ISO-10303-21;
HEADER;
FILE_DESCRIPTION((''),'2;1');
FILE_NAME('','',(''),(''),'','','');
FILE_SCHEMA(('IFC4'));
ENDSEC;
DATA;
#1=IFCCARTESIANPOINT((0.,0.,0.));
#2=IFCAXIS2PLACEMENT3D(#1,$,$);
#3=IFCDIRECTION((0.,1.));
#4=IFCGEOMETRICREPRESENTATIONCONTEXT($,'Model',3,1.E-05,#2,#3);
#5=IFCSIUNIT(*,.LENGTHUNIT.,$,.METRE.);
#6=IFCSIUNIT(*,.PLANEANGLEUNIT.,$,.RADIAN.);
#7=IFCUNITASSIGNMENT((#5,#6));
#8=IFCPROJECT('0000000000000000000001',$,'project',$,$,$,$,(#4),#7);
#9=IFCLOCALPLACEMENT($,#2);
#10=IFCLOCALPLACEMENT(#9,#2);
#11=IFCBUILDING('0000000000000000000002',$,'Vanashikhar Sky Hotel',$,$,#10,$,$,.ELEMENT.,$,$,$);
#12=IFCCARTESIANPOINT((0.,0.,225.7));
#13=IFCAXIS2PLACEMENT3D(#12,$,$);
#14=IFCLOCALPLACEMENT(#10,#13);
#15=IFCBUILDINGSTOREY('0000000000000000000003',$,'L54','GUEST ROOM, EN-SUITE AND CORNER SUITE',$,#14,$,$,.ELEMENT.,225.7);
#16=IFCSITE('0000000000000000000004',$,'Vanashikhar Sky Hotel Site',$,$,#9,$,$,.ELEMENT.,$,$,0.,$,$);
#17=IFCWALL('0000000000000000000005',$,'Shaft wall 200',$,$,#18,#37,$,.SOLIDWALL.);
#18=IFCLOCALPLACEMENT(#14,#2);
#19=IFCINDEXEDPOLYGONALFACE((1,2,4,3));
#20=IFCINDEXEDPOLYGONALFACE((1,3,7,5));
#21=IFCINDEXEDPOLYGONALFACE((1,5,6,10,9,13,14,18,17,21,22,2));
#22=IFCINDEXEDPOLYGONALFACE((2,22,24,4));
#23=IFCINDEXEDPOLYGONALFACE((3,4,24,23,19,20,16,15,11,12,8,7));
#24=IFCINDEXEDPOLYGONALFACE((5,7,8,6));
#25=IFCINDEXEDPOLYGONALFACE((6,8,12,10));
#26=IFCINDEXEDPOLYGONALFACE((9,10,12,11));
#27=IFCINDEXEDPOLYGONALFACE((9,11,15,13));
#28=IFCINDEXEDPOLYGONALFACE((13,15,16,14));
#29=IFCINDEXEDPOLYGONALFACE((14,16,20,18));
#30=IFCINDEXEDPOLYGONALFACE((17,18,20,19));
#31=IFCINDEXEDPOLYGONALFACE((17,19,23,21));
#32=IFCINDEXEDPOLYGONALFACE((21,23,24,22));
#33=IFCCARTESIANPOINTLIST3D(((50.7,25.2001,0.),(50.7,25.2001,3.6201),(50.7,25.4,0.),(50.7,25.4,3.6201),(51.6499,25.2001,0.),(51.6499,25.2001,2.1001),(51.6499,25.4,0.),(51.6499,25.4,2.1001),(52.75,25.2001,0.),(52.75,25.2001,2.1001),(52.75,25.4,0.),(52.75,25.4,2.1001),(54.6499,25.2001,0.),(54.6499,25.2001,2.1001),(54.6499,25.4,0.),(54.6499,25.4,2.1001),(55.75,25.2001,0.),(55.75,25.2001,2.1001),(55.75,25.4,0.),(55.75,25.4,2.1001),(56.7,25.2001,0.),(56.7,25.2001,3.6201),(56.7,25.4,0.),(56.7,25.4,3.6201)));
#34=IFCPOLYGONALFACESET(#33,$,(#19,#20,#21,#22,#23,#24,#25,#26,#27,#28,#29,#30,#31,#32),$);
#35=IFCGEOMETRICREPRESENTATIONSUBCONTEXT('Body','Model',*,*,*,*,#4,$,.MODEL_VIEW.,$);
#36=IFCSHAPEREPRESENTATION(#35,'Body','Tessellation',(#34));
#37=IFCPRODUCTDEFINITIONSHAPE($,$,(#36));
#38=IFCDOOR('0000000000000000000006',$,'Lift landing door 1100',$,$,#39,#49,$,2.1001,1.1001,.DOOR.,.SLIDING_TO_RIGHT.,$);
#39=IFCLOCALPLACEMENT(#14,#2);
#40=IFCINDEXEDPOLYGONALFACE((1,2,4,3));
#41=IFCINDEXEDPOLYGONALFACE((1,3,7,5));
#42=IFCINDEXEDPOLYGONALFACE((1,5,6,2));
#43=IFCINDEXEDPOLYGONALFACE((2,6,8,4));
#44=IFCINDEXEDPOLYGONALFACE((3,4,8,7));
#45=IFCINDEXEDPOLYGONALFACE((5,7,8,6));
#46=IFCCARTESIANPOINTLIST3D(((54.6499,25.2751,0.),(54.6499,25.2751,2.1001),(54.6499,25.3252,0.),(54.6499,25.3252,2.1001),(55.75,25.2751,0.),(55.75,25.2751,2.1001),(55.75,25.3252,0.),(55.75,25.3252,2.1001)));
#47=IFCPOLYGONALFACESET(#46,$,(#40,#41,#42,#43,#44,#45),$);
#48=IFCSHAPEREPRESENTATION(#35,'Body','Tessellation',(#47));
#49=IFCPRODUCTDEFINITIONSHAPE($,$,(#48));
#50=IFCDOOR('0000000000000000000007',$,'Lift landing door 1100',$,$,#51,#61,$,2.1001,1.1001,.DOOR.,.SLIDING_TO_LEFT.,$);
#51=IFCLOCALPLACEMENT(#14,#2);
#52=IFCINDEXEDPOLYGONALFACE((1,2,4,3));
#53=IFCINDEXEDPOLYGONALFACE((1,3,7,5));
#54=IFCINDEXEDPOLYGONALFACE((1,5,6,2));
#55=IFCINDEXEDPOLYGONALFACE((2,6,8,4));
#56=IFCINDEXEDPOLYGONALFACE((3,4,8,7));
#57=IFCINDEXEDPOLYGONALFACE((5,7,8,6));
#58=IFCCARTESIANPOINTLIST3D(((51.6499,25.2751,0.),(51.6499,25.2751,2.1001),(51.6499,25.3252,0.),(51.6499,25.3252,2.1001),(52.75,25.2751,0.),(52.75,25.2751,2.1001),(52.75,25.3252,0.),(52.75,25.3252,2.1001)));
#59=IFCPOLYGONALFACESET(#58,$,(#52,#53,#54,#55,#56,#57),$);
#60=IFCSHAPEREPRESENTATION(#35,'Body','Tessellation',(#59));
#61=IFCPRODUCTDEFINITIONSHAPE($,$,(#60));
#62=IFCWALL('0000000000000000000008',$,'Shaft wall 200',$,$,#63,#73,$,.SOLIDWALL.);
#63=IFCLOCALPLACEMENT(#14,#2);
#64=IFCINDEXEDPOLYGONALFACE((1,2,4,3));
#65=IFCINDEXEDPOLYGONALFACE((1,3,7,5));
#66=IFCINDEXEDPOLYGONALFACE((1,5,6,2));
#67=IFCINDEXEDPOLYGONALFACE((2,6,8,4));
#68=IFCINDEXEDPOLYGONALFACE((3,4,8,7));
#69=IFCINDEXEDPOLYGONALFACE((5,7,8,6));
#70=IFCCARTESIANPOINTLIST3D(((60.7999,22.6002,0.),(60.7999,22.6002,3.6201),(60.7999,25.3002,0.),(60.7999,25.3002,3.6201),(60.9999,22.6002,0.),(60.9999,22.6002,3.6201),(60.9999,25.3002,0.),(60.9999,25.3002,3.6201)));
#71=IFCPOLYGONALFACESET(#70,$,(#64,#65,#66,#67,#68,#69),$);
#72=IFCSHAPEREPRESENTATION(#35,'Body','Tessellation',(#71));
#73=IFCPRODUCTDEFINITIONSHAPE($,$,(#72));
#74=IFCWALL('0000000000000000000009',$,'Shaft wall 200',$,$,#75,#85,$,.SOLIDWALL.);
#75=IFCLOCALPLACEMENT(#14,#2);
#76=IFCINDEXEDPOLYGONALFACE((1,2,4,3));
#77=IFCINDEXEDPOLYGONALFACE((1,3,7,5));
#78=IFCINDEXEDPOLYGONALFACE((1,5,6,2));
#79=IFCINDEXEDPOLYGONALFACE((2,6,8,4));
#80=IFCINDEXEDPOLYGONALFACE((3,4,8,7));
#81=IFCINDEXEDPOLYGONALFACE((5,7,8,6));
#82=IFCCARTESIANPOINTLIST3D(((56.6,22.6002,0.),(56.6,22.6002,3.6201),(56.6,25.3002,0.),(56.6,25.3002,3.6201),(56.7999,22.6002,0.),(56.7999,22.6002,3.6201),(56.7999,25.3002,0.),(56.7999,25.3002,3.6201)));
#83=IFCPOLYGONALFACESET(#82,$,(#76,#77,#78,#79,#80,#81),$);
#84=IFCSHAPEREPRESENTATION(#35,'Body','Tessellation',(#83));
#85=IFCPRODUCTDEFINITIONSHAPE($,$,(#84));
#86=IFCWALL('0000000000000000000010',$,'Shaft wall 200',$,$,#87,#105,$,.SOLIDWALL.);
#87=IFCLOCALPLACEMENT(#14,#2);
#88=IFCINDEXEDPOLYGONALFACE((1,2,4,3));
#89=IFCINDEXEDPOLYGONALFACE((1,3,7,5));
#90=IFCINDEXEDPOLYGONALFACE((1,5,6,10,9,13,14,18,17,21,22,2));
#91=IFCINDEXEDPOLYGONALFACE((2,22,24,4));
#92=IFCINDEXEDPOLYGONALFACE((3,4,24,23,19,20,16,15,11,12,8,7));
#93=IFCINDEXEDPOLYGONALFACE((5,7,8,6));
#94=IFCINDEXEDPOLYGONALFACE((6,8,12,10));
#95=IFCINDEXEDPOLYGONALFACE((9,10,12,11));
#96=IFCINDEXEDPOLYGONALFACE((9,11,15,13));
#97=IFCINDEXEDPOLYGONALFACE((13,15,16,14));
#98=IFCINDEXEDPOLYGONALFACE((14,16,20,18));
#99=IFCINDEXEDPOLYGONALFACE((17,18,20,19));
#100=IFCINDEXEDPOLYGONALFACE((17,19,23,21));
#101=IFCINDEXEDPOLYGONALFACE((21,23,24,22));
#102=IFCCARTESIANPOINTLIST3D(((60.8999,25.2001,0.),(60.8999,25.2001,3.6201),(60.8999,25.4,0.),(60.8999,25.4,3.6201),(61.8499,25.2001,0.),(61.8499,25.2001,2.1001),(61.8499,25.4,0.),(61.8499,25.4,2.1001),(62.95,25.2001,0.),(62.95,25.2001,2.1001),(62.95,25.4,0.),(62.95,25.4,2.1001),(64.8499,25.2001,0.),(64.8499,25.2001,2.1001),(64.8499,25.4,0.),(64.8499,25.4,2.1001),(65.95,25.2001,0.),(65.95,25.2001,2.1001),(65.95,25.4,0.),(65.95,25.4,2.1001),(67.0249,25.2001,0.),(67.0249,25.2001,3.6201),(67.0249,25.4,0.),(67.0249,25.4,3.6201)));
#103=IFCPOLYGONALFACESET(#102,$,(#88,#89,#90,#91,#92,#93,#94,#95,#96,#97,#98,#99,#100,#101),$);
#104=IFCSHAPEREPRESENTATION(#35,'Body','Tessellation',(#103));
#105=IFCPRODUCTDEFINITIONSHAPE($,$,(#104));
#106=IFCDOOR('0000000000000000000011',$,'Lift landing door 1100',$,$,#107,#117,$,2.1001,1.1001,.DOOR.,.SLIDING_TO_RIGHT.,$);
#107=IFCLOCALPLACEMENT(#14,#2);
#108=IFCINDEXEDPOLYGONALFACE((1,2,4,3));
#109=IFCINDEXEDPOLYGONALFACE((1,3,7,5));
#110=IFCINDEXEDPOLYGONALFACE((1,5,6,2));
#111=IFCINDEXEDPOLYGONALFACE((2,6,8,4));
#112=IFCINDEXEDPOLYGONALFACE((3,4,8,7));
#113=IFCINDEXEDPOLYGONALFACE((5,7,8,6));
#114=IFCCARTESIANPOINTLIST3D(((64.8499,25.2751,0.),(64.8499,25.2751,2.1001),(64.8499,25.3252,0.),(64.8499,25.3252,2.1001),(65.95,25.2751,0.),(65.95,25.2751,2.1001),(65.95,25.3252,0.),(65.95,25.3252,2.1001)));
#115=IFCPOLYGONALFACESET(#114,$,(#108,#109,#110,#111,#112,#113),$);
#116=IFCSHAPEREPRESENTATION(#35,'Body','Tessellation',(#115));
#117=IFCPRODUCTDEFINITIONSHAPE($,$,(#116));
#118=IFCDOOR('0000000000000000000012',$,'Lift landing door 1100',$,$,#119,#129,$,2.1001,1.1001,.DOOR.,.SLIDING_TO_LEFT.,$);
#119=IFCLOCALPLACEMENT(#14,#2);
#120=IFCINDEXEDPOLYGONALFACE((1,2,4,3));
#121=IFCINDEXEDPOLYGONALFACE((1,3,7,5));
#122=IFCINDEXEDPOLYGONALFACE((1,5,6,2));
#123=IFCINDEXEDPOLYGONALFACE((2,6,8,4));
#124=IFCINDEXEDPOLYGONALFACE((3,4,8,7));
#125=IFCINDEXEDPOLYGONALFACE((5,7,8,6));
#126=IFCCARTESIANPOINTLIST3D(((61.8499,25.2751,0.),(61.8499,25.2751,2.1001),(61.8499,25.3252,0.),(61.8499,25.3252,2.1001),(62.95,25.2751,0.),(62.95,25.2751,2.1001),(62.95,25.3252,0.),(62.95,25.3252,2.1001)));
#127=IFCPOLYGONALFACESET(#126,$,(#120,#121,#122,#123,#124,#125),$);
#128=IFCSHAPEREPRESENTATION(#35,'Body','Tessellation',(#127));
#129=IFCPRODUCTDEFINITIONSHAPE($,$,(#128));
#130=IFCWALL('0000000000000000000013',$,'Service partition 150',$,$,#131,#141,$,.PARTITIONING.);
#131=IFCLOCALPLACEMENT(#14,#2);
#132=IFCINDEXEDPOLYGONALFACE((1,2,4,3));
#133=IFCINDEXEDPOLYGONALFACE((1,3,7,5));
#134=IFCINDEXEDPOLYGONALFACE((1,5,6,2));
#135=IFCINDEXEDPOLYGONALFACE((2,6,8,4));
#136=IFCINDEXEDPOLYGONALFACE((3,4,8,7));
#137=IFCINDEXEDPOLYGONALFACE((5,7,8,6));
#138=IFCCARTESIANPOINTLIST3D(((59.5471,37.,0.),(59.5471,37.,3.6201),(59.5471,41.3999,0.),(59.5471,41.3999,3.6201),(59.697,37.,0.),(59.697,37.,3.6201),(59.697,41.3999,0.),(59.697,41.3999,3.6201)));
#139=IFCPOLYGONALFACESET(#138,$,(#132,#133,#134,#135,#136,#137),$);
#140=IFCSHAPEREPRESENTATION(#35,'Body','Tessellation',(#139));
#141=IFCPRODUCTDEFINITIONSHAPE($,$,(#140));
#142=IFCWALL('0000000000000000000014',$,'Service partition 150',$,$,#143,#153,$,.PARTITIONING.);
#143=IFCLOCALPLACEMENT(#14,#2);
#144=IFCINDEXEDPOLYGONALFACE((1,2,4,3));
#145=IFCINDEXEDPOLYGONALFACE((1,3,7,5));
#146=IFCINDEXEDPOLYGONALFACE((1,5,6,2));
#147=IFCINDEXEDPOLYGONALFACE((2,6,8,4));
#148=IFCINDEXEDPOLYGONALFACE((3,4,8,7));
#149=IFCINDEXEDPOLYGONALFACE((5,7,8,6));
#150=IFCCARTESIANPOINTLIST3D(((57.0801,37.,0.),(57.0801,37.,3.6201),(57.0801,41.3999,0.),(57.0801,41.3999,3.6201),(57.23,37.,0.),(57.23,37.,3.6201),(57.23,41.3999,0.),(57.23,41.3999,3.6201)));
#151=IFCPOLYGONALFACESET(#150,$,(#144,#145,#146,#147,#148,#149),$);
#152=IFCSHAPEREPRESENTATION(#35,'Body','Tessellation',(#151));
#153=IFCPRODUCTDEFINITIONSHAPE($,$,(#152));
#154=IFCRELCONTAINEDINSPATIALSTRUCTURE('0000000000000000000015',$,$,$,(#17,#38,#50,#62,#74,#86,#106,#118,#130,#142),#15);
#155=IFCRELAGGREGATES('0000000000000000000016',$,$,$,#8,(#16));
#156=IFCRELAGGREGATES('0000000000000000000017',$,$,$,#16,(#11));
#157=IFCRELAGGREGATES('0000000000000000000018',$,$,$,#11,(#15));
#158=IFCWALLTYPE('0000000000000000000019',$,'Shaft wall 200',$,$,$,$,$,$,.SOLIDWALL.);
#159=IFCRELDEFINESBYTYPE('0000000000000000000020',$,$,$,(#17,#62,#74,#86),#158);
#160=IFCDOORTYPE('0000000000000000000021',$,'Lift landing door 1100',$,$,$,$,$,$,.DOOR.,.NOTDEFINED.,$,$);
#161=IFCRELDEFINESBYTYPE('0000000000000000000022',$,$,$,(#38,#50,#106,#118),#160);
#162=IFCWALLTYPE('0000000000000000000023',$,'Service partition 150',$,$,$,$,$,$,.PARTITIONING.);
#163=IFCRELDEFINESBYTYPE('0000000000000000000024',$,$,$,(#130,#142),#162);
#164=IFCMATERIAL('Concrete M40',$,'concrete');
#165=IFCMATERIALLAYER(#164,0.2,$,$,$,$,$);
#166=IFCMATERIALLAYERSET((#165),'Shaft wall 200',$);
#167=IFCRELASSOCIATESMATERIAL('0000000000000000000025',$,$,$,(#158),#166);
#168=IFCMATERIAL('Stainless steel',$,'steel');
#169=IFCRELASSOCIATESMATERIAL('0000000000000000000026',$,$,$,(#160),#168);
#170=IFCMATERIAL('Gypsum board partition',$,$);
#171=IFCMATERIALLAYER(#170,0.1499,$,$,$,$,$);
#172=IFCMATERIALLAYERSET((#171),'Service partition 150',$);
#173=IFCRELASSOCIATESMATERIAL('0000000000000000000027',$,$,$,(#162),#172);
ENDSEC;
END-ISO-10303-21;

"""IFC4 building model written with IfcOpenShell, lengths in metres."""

from ifc_helpers import new_model, si_unit, direction, frame, frame_2d, origin, place, context, subcontext, project, spatial, rectangle, extrude, source, transform, mapped, material, layer, layer_set, type_object, element, fill, save


model = new_model("IFC4")

# Units and contexts
model_context = context("Model", 3, precision=1e-05, world=origin(), true_north=direction((0.0, 1.0)))
body_context = subcontext(model_context, "Body", "Model", "MODEL_VIEW")
ifc_project = project(units=[si_unit("LENGTHUNIT", "METRE"), si_unit("PLANEANGLEUNIT", "RADIAN")], contexts=[model_context])

# Site, building, storey
site_placement = place(None, origin())
site = spatial("IfcSite", under=ifc_project, at=site_placement, Name="Vanashikhar Sky Hotel Site", CompositionType="ELEMENT", RefElevation=0.0)
building_placement = place(site_placement, origin())
building = spatial("IfcBuilding", under=site, at=building_placement, Name="Vanashikhar Sky Hotel", CompositionType="ELEMENT")
storey_placement = place(building_placement, frame((0.0, 0.0, 225.7)))
storey = spatial("IfcBuildingStorey", under=building, at=storey_placement, Name="L54", Description="GUEST ROOM, EN-SUITE AND CORNER SUITE", CompositionType="ELEMENT", Elevation=225.7)

# Wall, openings, doors
ifc_material_1 = material(Name="Concrete M40", Category="concrete")
ifc_layer_1 = layer(ifc_material_1, 0.2)
ifc_layer_set_1 = layer_set([ifc_layer_1], Name="Shaft wall 200")
wall_type_1 = type_object("IfcWallType", Name="Shaft wall 200", PredefinedType="SOLIDWALL", material=ifc_layer_set_1)
shared_shape_1 = source(origin(), body_context, "Body", "SweptSolid", [
    extrude(rectangle(XDim=6.0, YDim=0.2, at=frame_2d((3.0, 0.0))), origin(), (0.0, 0.0, 1.0), 3.6201),
])
wall_1_placement = place(storey_placement, frame((56.7, 25.3, 0.0), z_axis=(0.0, 0.0, 1.0), x_axis=(-1.0, 0.0, 0.0)))
wall_1 = element("IfcWall", 1, at=wall_1_placement, inside=storey, type_object=wall_type_1, Name="Shaft wall 200", PredefinedType="SOLIDWALL", context=body_context, shape_type="MappedRepresentation", body=[
    mapped(shared_shape_1, transform((0.0, 0.0, 0.0), scale=1.0)),
])
shared_shape_2 = source(origin(), body_context, "Body", "SweptSolid", [
    extrude(rectangle(XDim=1.1001, YDim=2.1001, at=frame_2d((0.55, 1.05))), frame((0.0, 0.1099, 0.0), z_axis=(0.0, -1.0, 0.0), x_axis=(1.0, 0.0, 0.0)), (0.0, 0.0, 1.0), 0.22),
])
opening_1_placement = place(wall_1_placement, frame((0.95, 0.0, 0.0)))
opening_1 = element("IfcOpeningElement", 2, at=opening_1_placement, cuts=wall_1, PredefinedType="OPENING", context=body_context, shape_type="MappedRepresentation", body=[
    mapped(shared_shape_2, transform((0.0, 0.0, 0.0), scale=1.0)),
])
opening_2_placement = place(wall_1_placement, frame((3.95, 0.0, 0.0)))
opening_2 = element("IfcOpeningElement", 3, at=opening_2_placement, cuts=wall_1, PredefinedType="OPENING", context=body_context, shape_type="MappedRepresentation", body=[
    mapped(shared_shape_2, transform((0.0, 0.0, 0.0), scale=1.0)),
])
ifc_material_2 = material(Name="Stainless steel", Category="steel")
door_type_1 = type_object("IfcDoorType", Name="Lift landing door 1100", OperationType="NOTDEFINED", PredefinedType="DOOR", material=ifc_material_2)
shared_shape_3 = source(origin(), body_context, "Body", "SweptSolid", [
    extrude(rectangle(XDim=1.1001, YDim=2.1001, at=frame_2d((0.55, 1.05))), frame((0.0, 0.0249, 0.0), z_axis=(0.0, -1.0, 0.0), x_axis=(1.0, 0.0, 0.0)), (0.0, 0.0, 1.0), 0.05),
])
door_1_placement = place(opening_1_placement, origin())
door_1 = element("IfcDoor", 4, at=door_1_placement, inside=storey, type_object=door_type_1, Name="Lift landing door 1100", OperationType="SLIDING_TO_RIGHT", OverallHeight=2.1001, OverallWidth=1.1001, PredefinedType="DOOR", context=body_context, shape_type="MappedRepresentation", body=[
    mapped(shared_shape_3, transform((0.0, 0.0, 0.0), scale=1.0)),
])
fill(opening_1, door_1)
door_2_placement = place(opening_2_placement, origin())
door_2 = element("IfcDoor", 5, at=door_2_placement, inside=storey, type_object=door_type_1, Name="Lift landing door 1100", OperationType="SLIDING_TO_LEFT", OverallHeight=2.1001, OverallWidth=1.1001, PredefinedType="DOOR", context=body_context, shape_type="MappedRepresentation", body=[
    mapped(shared_shape_3, transform((0.0, 0.0, 0.0), scale=1.0)),
])
fill(opening_2, door_2)

# Walls
shared_shape_4 = source(origin(), body_context, "Body", "SweptSolid", [
    extrude(rectangle(XDim=2.7, YDim=0.2, at=frame_2d((1.3501, 0.0))), origin(), (0.0, 0.0, 1.0), 3.6201),
])
for number, where, z_axis, x_axis, name in (
    (6, (60.8999, 22.6001, 0.0), (0.0, 0.0, 1.0), (0.0, 1.0, 0.0), "Shaft wall 200"),
    (7, (56.7, 22.6001, 0.0), (0.0, 0.0, 1.0), (0.0, 1.0, 0.0), "Shaft wall 200"),
):
    element("IfcWall", number, at=place(storey_placement, frame(where, z_axis=z_axis, x_axis=x_axis)), inside=storey, type_object=wall_type_1, Name=name, PredefinedType="SOLIDWALL", context=body_context, shape_type="MappedRepresentation", body=[
        mapped(shared_shape_4, transform((0.0, 0.0, 0.0), scale=1.0)),
    ])

# Wall, openings, doors
shared_shape_5 = source(origin(), body_context, "Body", "SweptSolid", [
    extrude(rectangle(XDim=6.125, YDim=0.2, at=frame_2d((3.0625, 0.0))), origin(), (0.0, 0.0, 1.0), 3.6201),
])
wall_2_placement = place(storey_placement, frame((67.0249, 25.3, 0.0), z_axis=(0.0, 0.0, 1.0), x_axis=(-1.0, 0.0, 0.0)))
wall_2 = element("IfcWall", 8, at=wall_2_placement, inside=storey, type_object=wall_type_1, Name="Shaft wall 200", PredefinedType="SOLIDWALL", context=body_context, shape_type="MappedRepresentation", body=[
    mapped(shared_shape_5, transform((0.0, 0.0, 0.0), scale=1.0)),
])
opening_3_placement = place(wall_2_placement, frame((1.075, 0.0, 0.0)))
opening_3 = element("IfcOpeningElement", 9, at=opening_3_placement, cuts=wall_2, PredefinedType="OPENING", context=body_context, shape_type="MappedRepresentation", body=[
    mapped(shared_shape_2, transform((0.0, 0.0, 0.0), scale=1.0)),
])
opening_4_placement = place(wall_2_placement, frame((4.075, 0.0, 0.0)))
opening_4 = element("IfcOpeningElement", 10, at=opening_4_placement, cuts=wall_2, PredefinedType="OPENING", context=body_context, shape_type="MappedRepresentation", body=[
    mapped(shared_shape_2, transform((0.0, 0.0, 0.0), scale=1.0)),
])
door_3_placement = place(opening_3_placement, origin())
door_3 = element("IfcDoor", 11, at=door_3_placement, inside=storey, type_object=door_type_1, Name="Lift landing door 1100", OperationType="SLIDING_TO_RIGHT", OverallHeight=2.1001, OverallWidth=1.1001, PredefinedType="DOOR", context=body_context, shape_type="MappedRepresentation", body=[
    mapped(shared_shape_3, transform((0.0, 0.0, 0.0), scale=1.0)),
])
fill(opening_3, door_3)
door_4_placement = place(opening_4_placement, origin())
door_4 = element("IfcDoor", 12, at=door_4_placement, inside=storey, type_object=door_type_1, Name="Lift landing door 1100", OperationType="SLIDING_TO_LEFT", OverallHeight=2.1001, OverallWidth=1.1001, PredefinedType="DOOR", context=body_context, shape_type="MappedRepresentation", body=[
    mapped(shared_shape_3, transform((0.0, 0.0, 0.0), scale=1.0)),
])
fill(opening_4, door_4)

# Walls
ifc_material_3 = material(Name="Gypsum board partition")
ifc_layer_2 = layer(ifc_material_3, 0.1499)
ifc_layer_set_2 = layer_set([ifc_layer_2], Name="Service partition 150")
wall_type_2 = type_object("IfcWallType", Name="Service partition 150", PredefinedType="PARTITIONING", material=ifc_layer_set_2)
shared_shape_6 = source(origin(), body_context, "Body", "SweptSolid", [
    extrude(rectangle(XDim=4.3999, YDim=0.1499, at=frame_2d((2.2, 0.0))), origin(), (0.0, 0.0, 1.0), 3.6201),
])
for number, where, z_axis, x_axis, name in (
    (13, (59.6221, 37.0, 0.0), (0.0, 0.0, 1.0), (0.0, 1.0, 0.0), "Service partition 150"),
    (14, (57.155, 37.0, 0.0), (0.0, 0.0, 1.0), (0.0, 1.0, 0.0), "Service partition 150"),
):
    element("IfcWall", number, at=place(storey_placement, frame(where, z_axis=z_axis, x_axis=x_axis)), inside=storey, type_object=wall_type_2, Name=name, PredefinedType="PARTITIONING", context=body_context, shape_type="MappedRepresentation", body=[
        mapped(shared_shape_6, transform((0.0, 0.0, 0.0), scale=1.0)),
    ])

save(model, "model.ifc")
